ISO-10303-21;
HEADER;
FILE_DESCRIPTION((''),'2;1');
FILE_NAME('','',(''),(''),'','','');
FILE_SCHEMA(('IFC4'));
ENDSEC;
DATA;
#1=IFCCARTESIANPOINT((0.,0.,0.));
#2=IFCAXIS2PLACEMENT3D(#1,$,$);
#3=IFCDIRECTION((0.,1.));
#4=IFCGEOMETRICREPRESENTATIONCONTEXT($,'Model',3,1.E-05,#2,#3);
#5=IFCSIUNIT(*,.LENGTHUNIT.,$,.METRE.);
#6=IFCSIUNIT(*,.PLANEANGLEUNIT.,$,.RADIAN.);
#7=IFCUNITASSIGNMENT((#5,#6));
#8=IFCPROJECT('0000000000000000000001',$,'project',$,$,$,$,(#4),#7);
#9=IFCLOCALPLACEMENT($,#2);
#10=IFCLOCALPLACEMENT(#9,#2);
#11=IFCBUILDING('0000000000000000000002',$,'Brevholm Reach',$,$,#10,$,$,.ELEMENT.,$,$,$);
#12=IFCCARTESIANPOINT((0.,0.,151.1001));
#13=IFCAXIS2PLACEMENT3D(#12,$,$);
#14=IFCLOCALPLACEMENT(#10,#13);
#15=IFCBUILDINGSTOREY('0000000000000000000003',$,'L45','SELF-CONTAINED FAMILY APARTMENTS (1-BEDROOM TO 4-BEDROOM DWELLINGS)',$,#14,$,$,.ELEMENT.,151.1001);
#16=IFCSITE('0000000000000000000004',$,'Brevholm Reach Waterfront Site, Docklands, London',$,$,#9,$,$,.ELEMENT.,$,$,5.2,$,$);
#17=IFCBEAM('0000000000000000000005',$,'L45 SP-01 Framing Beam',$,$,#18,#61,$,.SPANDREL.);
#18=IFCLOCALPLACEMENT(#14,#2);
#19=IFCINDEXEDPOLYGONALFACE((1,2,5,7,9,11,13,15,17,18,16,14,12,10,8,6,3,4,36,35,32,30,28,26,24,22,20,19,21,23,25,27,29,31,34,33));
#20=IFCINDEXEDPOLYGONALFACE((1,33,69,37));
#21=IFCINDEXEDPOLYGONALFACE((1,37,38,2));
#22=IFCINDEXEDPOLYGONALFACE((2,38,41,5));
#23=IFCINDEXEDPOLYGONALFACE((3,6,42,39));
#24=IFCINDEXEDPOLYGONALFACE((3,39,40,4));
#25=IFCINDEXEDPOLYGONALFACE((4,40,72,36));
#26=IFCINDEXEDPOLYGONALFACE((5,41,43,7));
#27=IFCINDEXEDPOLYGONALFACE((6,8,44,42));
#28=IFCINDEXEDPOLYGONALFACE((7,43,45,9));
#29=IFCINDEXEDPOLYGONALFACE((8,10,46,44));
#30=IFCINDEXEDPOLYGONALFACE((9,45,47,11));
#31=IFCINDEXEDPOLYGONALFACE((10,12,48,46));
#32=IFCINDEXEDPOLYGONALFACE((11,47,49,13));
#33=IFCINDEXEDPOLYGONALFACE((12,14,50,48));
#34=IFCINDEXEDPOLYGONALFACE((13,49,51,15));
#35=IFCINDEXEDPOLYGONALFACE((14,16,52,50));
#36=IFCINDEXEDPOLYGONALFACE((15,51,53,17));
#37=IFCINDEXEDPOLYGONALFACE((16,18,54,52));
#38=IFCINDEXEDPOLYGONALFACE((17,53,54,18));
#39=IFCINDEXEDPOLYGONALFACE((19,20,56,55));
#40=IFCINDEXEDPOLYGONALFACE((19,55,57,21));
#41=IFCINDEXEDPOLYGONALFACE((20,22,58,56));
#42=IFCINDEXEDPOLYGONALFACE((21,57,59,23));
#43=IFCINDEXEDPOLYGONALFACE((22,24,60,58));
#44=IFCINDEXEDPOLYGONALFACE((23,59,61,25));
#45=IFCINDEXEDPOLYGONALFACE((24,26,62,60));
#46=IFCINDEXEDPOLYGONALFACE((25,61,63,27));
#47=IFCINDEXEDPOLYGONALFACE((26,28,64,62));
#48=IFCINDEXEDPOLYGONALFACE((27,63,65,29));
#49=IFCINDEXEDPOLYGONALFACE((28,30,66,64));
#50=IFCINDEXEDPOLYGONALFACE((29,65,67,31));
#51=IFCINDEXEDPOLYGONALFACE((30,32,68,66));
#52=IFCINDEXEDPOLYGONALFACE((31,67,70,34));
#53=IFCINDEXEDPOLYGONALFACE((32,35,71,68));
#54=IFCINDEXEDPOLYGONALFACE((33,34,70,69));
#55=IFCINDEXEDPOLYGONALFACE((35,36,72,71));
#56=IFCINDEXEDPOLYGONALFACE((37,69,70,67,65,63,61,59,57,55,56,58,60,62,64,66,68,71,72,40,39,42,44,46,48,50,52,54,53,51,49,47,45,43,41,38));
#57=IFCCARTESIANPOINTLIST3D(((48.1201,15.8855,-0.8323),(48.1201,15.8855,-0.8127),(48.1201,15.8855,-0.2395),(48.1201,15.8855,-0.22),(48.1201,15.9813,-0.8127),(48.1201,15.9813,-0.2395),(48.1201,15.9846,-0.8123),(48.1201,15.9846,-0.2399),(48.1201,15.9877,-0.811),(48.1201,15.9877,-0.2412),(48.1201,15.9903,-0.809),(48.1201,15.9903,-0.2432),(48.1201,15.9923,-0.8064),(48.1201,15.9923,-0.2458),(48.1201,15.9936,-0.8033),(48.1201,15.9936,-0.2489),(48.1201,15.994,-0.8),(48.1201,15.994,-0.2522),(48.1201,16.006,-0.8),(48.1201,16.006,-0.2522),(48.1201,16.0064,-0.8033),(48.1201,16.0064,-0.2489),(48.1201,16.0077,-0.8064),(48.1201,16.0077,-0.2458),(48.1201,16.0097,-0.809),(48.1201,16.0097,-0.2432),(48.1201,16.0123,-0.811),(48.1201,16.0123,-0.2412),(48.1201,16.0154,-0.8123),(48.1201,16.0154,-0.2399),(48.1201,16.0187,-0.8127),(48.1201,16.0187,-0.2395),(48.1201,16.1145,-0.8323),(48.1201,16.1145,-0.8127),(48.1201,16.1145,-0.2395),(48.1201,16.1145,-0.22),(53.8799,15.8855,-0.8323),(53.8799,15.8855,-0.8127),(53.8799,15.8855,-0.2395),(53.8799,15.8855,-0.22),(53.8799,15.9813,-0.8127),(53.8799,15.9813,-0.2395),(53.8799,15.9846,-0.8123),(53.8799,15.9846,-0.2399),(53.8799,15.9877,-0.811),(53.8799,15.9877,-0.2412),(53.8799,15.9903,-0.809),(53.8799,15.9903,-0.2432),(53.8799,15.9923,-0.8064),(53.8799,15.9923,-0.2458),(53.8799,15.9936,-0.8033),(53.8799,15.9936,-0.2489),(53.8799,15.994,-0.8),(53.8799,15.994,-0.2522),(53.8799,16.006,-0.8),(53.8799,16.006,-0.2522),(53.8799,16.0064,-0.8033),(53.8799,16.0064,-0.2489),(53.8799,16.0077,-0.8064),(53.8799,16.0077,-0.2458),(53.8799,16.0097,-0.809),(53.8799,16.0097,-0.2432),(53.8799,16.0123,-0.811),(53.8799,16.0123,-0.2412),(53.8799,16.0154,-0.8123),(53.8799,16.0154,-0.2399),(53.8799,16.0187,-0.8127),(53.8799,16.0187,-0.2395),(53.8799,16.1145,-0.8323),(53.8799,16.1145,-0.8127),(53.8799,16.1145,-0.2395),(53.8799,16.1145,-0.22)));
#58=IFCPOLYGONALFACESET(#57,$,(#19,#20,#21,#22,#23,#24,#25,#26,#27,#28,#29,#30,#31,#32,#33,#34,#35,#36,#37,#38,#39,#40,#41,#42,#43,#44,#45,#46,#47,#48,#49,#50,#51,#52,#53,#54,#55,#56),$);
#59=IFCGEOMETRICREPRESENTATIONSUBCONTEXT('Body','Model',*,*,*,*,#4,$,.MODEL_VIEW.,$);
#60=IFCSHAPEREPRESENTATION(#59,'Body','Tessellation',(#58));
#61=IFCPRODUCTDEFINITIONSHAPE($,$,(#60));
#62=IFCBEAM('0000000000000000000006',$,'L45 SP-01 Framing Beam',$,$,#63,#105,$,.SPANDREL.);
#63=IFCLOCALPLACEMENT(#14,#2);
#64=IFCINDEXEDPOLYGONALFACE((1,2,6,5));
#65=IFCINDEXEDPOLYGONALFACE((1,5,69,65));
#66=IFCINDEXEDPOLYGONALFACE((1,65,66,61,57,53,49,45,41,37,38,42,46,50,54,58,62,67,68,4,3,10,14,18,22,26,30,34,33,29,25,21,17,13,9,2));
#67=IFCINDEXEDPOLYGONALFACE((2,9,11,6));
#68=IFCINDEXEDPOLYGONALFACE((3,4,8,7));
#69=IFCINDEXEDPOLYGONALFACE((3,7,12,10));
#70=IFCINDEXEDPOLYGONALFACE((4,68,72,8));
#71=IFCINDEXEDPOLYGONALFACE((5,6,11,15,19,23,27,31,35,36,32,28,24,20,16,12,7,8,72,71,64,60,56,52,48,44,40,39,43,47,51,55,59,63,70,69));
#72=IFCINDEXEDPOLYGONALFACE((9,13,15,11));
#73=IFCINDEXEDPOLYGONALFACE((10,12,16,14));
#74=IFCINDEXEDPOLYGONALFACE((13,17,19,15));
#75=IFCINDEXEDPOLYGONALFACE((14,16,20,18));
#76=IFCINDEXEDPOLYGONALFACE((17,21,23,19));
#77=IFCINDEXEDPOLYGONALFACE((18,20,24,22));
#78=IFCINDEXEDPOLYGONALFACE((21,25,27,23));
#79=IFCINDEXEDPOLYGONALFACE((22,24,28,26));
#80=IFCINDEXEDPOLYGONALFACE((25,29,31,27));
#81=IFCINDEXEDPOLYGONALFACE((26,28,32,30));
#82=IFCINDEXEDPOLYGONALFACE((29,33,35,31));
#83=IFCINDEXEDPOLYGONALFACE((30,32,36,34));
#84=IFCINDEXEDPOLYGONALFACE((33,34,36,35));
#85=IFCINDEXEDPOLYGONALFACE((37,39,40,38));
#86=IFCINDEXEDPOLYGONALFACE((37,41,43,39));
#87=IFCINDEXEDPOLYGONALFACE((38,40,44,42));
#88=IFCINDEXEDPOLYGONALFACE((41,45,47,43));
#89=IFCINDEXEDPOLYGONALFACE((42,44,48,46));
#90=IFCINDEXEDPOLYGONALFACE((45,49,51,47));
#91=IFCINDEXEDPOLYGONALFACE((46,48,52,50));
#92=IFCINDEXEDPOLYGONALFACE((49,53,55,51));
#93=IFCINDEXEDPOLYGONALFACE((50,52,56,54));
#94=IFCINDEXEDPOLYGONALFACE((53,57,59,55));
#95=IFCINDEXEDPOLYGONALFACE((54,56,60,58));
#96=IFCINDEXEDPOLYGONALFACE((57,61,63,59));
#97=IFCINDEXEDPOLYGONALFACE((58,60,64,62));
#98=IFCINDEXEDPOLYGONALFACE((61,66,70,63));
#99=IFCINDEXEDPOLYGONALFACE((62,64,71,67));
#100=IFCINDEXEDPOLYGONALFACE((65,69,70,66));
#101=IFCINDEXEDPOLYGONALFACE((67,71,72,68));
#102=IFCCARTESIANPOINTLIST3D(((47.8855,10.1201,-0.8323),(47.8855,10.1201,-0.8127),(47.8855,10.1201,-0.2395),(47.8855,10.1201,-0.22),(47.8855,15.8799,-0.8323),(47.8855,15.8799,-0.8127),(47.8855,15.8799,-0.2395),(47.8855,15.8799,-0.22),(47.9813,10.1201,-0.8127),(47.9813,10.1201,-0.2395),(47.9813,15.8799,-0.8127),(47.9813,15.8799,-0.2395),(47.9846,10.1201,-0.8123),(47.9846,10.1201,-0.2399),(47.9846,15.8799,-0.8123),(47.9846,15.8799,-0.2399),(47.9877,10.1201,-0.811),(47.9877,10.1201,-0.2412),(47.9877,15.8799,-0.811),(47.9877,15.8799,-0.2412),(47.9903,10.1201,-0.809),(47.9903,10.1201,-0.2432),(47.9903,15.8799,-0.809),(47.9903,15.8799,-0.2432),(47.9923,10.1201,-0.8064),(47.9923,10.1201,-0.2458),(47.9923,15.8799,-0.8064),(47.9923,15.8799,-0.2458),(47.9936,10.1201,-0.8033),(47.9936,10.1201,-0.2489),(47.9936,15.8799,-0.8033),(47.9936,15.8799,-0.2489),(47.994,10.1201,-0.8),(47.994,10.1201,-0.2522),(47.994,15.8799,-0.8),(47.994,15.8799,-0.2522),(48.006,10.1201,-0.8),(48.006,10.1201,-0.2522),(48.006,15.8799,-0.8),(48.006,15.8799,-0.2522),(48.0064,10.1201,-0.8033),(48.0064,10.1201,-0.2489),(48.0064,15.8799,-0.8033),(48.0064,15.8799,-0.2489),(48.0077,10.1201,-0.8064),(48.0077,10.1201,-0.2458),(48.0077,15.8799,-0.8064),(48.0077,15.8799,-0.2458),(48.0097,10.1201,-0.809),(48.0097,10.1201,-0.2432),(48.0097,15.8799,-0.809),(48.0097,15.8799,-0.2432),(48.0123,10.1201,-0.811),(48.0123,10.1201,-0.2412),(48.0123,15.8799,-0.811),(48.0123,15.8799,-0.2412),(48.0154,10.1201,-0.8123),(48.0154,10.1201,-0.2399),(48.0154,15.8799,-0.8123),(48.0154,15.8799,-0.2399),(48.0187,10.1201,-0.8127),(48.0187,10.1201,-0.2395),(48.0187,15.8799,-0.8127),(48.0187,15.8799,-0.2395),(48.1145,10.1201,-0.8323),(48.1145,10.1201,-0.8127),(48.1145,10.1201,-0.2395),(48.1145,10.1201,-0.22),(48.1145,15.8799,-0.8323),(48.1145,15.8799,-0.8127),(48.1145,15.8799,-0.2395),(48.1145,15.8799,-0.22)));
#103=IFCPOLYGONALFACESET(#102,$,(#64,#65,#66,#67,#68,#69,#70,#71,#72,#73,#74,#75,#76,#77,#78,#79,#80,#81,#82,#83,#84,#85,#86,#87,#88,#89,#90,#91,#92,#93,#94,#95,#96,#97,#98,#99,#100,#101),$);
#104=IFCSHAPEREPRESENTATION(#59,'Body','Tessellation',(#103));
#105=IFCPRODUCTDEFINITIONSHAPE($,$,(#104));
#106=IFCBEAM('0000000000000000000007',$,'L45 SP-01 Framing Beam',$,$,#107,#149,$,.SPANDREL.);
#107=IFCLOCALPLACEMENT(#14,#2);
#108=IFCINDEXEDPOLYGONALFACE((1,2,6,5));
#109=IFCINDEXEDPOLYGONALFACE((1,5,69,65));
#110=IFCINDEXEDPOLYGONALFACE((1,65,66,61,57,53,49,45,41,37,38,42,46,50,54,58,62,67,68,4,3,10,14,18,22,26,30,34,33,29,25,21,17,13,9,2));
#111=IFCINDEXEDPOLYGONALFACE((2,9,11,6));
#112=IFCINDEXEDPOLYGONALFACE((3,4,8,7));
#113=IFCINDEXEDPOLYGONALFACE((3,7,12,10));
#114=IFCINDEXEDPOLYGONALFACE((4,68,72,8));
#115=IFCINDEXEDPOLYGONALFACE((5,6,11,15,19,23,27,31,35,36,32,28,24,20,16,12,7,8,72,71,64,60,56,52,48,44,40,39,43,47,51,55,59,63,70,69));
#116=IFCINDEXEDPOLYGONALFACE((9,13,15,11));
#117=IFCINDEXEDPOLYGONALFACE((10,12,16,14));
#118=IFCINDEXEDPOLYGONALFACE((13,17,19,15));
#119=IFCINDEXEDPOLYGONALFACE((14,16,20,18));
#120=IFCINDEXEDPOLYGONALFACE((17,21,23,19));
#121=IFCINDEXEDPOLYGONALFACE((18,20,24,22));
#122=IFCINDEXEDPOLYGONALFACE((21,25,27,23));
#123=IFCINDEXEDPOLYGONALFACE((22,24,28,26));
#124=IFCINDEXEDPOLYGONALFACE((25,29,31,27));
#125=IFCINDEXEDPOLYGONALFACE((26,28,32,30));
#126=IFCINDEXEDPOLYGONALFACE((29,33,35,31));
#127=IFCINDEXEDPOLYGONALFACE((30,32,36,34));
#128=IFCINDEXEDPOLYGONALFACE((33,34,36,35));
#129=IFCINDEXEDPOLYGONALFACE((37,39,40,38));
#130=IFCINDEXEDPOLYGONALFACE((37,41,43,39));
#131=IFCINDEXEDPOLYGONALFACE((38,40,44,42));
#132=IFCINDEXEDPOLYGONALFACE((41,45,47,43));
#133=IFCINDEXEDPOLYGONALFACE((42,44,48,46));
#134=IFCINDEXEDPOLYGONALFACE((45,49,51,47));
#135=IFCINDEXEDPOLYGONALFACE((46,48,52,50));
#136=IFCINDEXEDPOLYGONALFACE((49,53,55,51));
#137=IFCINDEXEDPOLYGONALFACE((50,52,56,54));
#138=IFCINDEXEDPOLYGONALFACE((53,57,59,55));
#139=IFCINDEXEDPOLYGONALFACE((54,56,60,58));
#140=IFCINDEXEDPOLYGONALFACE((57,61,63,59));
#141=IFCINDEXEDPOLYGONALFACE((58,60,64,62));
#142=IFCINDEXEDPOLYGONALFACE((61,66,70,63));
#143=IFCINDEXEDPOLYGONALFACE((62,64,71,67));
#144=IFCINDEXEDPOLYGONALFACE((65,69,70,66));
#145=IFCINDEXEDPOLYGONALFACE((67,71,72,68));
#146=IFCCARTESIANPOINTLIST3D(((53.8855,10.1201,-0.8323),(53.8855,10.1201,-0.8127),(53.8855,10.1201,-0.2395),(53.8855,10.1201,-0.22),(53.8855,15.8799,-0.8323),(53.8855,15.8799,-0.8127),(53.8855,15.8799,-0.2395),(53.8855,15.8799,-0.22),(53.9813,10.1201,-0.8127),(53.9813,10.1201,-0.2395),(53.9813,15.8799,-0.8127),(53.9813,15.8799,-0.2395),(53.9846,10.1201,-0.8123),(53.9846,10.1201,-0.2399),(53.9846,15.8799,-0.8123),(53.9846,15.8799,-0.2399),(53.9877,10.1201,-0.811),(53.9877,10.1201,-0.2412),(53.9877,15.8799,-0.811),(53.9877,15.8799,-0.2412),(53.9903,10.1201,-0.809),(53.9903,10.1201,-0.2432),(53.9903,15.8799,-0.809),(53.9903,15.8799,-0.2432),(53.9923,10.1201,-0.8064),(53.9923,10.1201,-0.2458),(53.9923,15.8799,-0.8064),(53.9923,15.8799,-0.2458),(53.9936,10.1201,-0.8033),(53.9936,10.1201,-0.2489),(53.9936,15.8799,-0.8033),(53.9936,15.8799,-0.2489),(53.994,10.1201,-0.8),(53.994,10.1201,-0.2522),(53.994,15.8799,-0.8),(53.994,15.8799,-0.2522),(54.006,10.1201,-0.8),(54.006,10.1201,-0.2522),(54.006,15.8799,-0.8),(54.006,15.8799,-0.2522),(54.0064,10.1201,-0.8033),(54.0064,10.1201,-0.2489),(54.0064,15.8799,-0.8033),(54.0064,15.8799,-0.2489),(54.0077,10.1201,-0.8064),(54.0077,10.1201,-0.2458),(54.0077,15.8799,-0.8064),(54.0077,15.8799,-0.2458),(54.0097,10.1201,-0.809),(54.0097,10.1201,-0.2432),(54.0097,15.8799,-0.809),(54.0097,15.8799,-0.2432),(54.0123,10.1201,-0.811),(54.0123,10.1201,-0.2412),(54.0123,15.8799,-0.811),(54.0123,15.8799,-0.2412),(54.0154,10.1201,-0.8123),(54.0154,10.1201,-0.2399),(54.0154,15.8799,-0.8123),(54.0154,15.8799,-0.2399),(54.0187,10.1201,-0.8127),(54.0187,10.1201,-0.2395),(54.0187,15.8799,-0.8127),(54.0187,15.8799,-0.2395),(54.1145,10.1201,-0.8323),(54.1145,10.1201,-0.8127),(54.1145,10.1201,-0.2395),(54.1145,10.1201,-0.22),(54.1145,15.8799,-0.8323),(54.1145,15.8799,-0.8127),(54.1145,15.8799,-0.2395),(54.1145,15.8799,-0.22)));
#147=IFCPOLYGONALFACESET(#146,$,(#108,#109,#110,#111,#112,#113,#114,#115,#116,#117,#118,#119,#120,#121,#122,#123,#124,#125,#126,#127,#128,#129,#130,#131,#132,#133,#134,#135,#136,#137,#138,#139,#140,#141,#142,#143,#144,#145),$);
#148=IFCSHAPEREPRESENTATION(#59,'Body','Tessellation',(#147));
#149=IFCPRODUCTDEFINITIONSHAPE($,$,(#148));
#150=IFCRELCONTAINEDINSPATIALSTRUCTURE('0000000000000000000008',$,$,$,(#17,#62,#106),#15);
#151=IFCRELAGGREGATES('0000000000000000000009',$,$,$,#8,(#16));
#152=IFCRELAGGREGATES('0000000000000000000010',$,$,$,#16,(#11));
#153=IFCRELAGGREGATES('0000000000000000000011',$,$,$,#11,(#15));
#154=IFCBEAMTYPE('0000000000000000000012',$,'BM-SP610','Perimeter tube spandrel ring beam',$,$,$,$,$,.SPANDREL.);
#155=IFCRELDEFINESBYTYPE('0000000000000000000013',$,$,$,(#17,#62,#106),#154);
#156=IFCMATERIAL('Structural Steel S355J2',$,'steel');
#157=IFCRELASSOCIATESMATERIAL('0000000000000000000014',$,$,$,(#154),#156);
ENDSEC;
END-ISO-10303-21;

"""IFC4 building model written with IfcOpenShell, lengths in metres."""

from ifc_helpers import new_model, si_unit, direction, frame, origin, origin_2d, place, context, subcontext, project, spatial, i_section, extrude, material, material_profile, profile_set, type_object, element, save


model = new_model("IFC4")

# Units and contexts
model_context = context("Model", 3, precision=1e-05, world=origin(), true_north=direction((0.0, 1.0)))
body_context = subcontext(model_context, "Body", "Model", "MODEL_VIEW")
ifc_project = project(units=[si_unit("LENGTHUNIT", "METRE"), si_unit("PLANEANGLEUNIT", "RADIAN")], contexts=[model_context])

# Site, building, storey
site_placement = place(None, origin())
site = spatial("IfcSite", under=ifc_project, at=site_placement, Name="Brevholm Reach Waterfront Site, Docklands, London", CompositionType="ELEMENT", RefElevation=5.2)
building_placement = place(site_placement, origin())
building = spatial("IfcBuilding", under=site, at=building_placement, Name="Brevholm Reach", CompositionType="ELEMENT")
storey_placement = place(building_placement, frame((0.0, 0.0, 151.1001)))
storey = spatial("IfcBuildingStorey", under=building, at=storey_placement, Name="L45", Description="SELF-CONTAINED FAMILY APARTMENTS (1-BEDROOM TO 4-BEDROOM DWELLINGS)", CompositionType="ELEMENT", Elevation=151.1001)

# Beams
ifc_material_1 = material(Name="Structural Steel S355J2", Category="steel")
ifc_material_profile_1 = material_profile(ifc_material_1, i_section(OverallWidth=0.229, OverallDepth=0.6123, WebThickness=0.012, FlangeThickness=0.0195, FilletRadius=0.0127, at=origin_2d()), Name="UKB 610x229x125")
ifc_profile_set_1 = profile_set([ifc_material_profile_1], Name="Structural Steel S355J2")
beam_type_1 = type_object("IfcBeamType", Name="BM-SP610", Description="Perimeter tube spandrel ring beam", PredefinedType="SPANDREL", material=ifc_profile_set_1)
for number, where, z_axis, x_axis, name in (
    (1, (48.1201, 16.0, -0.5261), (1.0, 0.0, 0.0), (0.0, 1.0, 0.0), "L45 SP-01 Framing Beam"),
    (2, (48.0, 10.1201, -0.5261), (0.0, 1.0, 0.0), (-1.0, 0.0, 0.0), "L45 SP-01 Framing Beam"),
    (3, (54.0, 10.1201, -0.5261), (0.0, 1.0, 0.0), (-1.0, 0.0, 0.0), "L45 SP-01 Framing Beam"),
):
    element("IfcBeam", number, at=place(storey_placement, frame(where, z_axis=z_axis, x_axis=x_axis)), inside=storey, type_object=beam_type_1, Name=name, PredefinedType="SPANDREL", context=body_context, shape_type="SweptSolid", body=[
        extrude(i_section(OverallWidth=0.229, OverallDepth=0.6123, WebThickness=0.012, FlangeThickness=0.0195, FilletRadius=0.0127, at=origin_2d()), origin(), (0.0, 0.0, 1.0), 5.7598),
    ])

save(model, "model.ifc")
